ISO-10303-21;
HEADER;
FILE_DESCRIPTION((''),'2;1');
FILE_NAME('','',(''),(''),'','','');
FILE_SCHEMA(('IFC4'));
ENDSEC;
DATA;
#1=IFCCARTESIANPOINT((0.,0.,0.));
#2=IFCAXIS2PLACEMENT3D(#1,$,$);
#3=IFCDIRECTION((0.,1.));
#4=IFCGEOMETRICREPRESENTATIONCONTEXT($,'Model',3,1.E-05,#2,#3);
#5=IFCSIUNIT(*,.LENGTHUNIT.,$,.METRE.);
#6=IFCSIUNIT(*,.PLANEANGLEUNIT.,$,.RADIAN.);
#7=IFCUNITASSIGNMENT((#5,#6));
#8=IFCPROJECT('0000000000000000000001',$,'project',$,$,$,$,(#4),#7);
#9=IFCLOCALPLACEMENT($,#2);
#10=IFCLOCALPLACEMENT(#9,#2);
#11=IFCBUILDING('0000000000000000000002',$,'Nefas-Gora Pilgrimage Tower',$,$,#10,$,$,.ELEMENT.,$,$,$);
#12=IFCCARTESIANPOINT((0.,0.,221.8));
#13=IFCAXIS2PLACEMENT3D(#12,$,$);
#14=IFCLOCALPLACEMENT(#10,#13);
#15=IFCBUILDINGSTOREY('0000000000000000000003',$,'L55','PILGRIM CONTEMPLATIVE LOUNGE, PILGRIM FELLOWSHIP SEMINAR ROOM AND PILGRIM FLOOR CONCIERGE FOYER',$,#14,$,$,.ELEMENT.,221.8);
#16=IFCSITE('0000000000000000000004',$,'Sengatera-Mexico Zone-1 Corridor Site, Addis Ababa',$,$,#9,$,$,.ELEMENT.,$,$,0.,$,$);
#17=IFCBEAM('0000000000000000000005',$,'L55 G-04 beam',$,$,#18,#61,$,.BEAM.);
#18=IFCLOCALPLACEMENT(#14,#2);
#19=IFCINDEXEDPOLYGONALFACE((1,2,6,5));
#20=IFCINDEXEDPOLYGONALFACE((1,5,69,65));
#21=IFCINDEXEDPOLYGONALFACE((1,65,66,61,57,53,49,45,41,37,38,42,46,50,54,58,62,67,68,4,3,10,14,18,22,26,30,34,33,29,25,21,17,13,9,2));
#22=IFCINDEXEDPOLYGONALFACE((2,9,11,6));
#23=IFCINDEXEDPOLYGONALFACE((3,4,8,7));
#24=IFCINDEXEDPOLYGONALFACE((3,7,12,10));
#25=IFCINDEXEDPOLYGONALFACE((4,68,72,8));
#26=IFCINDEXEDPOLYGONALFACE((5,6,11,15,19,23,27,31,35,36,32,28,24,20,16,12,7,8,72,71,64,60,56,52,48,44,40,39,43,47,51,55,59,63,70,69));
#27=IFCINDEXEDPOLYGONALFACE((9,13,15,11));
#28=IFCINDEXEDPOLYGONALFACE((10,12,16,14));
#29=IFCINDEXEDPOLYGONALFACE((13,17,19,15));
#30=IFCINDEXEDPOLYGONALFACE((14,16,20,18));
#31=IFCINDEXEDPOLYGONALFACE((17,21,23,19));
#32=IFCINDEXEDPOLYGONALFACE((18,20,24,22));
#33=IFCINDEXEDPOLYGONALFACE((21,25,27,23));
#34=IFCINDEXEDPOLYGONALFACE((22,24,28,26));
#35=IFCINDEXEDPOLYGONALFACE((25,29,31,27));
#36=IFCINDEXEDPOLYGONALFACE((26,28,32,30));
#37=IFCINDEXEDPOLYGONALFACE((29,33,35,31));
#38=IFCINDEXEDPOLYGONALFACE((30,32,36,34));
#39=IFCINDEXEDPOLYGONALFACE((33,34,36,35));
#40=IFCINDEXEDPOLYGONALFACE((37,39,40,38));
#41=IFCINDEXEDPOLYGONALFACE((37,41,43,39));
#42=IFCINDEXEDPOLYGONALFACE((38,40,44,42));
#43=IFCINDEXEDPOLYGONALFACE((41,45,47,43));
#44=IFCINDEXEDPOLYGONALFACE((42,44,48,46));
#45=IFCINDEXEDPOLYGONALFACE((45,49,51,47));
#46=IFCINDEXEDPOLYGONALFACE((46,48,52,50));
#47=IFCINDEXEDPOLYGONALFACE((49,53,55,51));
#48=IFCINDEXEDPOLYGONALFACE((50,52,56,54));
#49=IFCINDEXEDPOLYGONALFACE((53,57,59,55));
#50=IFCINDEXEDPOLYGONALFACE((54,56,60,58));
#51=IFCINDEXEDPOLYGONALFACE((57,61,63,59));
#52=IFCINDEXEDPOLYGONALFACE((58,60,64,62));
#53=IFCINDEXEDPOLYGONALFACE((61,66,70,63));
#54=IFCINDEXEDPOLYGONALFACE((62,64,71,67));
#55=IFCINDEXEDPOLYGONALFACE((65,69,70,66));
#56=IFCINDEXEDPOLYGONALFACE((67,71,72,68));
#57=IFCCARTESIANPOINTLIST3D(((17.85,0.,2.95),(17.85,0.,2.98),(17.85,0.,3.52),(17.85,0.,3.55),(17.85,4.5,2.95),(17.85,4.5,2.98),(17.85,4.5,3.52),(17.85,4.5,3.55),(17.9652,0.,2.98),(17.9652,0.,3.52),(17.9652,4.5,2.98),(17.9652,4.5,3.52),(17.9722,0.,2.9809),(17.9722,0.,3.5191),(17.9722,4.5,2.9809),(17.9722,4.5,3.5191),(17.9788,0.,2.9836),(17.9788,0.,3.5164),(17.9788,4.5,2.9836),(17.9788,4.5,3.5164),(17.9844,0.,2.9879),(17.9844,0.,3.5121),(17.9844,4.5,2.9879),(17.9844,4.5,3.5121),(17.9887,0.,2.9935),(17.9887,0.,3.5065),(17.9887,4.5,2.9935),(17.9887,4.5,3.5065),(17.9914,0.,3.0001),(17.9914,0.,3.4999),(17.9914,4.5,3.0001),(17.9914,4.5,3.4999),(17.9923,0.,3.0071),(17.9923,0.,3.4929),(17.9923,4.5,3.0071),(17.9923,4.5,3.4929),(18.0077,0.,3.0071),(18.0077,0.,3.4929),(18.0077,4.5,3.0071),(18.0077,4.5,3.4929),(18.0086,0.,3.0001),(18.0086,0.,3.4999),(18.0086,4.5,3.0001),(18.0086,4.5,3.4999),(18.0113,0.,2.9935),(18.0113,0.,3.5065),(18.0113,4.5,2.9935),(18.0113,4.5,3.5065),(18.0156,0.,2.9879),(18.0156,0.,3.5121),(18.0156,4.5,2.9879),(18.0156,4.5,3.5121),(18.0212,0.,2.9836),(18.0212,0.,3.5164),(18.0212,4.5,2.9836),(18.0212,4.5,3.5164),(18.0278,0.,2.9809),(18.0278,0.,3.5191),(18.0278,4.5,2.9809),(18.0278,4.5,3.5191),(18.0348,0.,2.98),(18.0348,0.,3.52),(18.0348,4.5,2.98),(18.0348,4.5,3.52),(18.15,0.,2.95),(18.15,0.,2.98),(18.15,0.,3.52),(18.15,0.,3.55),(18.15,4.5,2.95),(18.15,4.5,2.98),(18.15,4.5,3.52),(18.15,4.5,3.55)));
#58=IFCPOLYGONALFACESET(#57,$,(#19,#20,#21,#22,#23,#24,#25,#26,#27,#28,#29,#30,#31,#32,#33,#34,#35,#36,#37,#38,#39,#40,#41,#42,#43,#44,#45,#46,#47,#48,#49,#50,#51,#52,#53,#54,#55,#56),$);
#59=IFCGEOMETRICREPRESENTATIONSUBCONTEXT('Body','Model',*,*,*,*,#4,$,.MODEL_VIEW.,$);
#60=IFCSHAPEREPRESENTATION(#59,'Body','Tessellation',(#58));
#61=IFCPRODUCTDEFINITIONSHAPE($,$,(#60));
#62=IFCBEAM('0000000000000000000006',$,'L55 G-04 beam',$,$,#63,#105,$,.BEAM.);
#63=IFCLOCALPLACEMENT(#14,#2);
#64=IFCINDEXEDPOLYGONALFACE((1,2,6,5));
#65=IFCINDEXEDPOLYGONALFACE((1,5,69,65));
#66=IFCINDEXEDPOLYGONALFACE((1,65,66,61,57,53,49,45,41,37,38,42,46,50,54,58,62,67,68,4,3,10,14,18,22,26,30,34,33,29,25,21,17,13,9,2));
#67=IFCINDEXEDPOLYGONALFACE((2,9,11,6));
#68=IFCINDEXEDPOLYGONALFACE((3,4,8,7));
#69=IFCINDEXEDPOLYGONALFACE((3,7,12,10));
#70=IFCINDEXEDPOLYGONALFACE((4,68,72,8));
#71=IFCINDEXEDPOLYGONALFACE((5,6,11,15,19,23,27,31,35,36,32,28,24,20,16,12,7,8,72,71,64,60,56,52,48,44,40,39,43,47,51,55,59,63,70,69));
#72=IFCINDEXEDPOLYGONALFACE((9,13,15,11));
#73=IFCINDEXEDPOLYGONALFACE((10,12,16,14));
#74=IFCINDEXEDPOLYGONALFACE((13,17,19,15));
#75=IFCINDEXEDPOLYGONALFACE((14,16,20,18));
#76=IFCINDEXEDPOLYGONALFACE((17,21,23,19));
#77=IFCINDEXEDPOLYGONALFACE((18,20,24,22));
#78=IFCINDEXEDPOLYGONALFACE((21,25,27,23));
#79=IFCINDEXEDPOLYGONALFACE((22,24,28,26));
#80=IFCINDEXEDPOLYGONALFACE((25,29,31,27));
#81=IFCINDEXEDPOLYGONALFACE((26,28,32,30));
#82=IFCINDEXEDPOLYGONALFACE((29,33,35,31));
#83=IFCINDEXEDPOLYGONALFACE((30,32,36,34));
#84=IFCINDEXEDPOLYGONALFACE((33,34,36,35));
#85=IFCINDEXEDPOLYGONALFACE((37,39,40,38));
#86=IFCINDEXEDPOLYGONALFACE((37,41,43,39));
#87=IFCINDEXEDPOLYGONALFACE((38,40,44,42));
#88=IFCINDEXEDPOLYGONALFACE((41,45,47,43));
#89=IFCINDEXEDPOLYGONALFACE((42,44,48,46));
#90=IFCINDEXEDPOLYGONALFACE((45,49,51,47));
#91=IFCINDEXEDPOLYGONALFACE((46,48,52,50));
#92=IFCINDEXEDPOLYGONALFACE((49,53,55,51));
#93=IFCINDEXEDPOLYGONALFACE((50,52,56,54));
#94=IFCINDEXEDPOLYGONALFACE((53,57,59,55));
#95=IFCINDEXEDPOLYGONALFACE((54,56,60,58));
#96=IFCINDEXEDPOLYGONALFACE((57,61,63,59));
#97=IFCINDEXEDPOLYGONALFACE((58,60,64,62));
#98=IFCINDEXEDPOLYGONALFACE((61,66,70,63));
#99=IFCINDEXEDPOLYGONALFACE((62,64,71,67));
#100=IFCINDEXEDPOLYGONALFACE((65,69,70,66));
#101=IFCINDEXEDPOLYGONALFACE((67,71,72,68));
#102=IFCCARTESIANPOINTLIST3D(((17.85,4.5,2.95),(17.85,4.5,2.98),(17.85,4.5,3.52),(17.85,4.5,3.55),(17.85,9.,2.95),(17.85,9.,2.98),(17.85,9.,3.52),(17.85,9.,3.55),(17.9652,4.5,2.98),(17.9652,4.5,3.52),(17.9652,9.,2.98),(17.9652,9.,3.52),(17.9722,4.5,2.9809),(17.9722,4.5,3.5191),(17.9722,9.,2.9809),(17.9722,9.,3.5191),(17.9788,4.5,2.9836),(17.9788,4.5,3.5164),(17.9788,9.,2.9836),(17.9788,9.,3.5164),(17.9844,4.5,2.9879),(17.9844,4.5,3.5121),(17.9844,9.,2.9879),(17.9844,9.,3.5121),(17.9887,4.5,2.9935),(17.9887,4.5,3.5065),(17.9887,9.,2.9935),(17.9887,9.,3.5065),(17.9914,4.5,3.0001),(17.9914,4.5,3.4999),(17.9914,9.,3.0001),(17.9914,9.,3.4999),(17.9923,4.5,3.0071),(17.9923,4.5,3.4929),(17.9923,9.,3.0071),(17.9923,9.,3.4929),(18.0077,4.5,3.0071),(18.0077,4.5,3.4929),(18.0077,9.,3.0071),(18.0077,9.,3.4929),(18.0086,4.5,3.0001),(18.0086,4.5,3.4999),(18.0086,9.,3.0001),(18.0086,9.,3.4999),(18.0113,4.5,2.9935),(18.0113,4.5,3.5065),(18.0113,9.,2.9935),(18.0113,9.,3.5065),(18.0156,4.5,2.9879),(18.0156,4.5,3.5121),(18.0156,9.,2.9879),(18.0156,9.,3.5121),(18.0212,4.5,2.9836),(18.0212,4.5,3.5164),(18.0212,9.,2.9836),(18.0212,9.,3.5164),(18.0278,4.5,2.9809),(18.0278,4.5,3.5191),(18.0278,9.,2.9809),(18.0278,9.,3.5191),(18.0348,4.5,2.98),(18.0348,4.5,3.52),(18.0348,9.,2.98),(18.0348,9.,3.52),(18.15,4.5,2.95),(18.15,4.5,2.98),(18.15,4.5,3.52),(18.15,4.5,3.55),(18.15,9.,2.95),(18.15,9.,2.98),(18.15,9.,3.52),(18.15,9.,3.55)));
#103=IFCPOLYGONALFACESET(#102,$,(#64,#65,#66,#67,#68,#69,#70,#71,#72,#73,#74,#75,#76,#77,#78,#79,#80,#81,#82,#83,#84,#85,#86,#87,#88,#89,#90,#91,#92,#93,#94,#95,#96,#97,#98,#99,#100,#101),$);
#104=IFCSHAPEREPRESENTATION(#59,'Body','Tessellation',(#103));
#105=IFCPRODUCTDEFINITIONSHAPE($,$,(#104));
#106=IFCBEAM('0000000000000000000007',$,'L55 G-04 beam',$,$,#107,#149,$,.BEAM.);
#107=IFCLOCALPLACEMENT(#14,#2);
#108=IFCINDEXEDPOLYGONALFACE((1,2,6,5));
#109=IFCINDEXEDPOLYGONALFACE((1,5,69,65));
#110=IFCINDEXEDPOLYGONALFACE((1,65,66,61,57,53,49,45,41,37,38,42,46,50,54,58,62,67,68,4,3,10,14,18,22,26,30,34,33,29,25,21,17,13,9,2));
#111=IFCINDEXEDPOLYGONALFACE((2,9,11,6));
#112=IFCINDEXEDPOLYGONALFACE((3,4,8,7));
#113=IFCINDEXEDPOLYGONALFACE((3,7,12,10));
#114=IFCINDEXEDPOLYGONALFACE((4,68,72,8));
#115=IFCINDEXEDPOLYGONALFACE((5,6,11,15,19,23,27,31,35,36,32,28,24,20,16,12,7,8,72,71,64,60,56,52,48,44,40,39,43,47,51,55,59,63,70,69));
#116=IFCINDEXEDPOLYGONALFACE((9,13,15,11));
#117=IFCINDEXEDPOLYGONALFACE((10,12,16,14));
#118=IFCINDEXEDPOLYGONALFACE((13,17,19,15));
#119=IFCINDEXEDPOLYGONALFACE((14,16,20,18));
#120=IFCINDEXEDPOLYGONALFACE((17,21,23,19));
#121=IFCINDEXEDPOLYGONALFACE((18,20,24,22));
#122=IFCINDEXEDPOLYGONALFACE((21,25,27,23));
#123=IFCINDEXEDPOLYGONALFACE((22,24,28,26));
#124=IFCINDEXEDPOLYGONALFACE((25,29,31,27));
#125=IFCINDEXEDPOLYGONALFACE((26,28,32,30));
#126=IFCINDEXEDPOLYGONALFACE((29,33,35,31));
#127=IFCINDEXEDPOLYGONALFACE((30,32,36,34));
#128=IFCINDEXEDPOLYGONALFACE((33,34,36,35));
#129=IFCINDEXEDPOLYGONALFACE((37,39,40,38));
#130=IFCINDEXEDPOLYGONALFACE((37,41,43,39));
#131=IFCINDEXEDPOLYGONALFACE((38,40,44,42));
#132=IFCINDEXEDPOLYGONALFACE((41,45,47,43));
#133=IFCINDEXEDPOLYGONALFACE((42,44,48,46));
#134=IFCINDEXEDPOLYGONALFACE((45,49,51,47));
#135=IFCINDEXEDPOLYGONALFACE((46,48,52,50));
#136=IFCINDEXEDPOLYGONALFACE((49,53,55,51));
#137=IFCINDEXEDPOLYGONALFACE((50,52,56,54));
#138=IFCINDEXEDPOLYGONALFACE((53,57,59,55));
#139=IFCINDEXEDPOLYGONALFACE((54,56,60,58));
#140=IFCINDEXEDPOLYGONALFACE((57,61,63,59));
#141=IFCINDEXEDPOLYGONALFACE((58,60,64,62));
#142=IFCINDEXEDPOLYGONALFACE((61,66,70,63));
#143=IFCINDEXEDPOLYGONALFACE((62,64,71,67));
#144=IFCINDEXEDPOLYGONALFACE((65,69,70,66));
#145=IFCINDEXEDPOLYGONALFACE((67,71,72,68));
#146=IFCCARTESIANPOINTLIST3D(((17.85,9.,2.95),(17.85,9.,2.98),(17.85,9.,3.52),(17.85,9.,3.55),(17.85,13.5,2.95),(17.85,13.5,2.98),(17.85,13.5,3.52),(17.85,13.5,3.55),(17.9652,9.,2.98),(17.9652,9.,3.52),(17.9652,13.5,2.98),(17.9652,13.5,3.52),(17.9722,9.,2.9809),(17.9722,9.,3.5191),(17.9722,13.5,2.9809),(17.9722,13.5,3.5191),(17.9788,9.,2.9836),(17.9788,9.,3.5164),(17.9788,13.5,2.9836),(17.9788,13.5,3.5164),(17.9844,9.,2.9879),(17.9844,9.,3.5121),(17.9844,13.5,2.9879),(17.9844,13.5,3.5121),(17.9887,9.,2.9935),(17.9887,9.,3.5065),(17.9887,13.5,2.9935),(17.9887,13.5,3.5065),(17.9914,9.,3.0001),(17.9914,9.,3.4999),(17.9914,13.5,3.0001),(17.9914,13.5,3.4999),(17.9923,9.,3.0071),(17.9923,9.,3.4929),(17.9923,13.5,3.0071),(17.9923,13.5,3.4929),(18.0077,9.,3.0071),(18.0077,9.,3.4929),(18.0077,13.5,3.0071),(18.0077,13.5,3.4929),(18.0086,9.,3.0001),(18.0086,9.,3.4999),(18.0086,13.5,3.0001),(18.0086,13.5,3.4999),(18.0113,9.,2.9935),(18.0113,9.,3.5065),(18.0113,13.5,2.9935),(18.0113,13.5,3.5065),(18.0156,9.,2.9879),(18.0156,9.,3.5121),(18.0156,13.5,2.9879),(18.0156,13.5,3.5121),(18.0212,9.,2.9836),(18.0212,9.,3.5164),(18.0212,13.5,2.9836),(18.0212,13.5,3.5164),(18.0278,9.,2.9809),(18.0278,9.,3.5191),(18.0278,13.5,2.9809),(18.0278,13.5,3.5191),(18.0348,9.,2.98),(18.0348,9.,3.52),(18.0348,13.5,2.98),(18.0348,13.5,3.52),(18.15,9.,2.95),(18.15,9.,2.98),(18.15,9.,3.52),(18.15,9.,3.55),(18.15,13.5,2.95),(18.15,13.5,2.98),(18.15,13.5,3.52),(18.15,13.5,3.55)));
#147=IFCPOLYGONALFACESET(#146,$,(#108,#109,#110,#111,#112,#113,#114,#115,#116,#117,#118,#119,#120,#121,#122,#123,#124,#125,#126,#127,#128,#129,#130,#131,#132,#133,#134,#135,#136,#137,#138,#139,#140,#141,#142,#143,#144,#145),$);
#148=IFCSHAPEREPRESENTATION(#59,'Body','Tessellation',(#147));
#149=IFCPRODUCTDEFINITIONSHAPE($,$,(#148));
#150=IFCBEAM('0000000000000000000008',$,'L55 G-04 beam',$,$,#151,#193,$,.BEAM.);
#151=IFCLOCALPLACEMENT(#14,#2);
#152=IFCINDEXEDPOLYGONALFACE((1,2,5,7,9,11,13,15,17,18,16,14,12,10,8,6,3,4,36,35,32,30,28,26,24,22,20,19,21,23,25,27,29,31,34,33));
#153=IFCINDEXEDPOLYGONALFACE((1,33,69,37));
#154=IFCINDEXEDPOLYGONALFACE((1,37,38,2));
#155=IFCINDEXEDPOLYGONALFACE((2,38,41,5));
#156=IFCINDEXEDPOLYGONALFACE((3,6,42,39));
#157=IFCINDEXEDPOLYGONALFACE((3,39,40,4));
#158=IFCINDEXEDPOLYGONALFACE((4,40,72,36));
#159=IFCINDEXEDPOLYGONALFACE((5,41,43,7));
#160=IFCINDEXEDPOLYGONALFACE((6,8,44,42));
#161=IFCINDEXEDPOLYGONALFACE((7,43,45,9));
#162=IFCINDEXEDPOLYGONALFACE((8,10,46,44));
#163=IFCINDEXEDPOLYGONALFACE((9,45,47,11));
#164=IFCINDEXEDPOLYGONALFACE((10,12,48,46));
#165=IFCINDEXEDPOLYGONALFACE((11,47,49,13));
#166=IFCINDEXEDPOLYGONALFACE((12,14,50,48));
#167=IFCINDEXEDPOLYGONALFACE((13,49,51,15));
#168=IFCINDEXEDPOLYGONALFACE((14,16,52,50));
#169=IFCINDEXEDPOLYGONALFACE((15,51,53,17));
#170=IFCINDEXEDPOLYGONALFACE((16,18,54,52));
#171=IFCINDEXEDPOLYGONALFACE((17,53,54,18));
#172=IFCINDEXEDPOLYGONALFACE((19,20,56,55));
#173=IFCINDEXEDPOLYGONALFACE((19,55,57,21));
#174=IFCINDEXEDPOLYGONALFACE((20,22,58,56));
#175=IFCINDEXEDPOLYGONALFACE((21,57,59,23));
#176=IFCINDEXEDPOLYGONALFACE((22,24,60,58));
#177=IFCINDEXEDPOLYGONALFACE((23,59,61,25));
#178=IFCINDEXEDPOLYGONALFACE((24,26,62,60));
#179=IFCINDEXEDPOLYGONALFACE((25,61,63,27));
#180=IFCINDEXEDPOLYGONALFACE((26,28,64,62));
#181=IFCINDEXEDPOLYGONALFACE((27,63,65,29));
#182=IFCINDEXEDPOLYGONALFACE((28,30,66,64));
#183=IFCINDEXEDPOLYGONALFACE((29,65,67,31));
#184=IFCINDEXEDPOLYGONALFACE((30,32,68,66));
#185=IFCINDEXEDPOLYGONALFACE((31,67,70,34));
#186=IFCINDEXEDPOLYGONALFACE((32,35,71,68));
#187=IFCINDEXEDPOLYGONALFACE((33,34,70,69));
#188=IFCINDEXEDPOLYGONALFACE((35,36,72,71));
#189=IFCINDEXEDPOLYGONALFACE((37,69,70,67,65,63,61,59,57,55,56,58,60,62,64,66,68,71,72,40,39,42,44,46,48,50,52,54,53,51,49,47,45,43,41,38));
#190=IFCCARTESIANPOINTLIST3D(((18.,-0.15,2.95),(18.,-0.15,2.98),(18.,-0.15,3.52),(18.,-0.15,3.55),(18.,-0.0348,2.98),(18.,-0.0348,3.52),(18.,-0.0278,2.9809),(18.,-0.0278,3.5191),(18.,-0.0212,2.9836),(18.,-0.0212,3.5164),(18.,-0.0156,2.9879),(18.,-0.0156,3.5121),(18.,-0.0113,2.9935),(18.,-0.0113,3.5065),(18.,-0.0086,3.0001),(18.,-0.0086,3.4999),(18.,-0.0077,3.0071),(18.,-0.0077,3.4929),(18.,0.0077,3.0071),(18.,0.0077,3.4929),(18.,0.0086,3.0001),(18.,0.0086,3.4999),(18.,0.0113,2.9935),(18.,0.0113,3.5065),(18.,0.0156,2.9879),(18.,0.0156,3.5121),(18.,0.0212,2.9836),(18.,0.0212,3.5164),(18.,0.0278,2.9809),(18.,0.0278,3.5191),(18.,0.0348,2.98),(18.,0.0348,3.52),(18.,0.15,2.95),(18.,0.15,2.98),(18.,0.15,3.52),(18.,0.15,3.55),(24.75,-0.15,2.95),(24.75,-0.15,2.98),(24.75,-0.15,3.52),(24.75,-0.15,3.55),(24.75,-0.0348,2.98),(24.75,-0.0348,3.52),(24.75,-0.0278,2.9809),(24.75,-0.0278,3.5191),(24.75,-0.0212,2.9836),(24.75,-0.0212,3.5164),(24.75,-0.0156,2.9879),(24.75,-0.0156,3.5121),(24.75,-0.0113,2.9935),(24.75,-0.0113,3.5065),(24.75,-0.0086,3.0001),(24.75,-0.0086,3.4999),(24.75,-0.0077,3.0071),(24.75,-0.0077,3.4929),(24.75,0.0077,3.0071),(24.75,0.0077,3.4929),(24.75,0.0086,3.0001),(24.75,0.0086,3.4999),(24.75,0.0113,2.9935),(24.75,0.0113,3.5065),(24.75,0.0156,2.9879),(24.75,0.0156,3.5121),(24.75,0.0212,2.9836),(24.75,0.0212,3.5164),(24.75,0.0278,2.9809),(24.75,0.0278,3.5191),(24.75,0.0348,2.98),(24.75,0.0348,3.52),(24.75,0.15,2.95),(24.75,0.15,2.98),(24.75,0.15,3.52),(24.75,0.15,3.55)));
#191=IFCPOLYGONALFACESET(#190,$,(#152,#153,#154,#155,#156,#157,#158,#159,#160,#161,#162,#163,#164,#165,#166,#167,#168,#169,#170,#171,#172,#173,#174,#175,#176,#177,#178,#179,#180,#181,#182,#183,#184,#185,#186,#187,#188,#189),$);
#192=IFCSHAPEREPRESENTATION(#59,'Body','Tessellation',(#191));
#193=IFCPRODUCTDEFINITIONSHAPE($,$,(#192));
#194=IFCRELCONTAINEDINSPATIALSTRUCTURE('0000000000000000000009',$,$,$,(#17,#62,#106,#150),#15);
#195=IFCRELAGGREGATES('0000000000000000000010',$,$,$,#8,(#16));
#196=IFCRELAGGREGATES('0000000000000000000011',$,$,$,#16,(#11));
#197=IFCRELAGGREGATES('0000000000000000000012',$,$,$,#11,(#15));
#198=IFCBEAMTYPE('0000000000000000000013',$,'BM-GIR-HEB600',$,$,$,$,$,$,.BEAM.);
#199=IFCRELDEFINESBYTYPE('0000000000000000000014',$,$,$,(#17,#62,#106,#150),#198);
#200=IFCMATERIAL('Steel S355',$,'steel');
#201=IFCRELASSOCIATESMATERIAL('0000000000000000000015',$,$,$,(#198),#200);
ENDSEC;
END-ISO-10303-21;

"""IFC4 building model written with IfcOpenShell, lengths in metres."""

from ifc_helpers import new_model, si_unit, direction, frame, origin, origin_2d, place, context, subcontext, project, spatial, i_section, extrude, source, transform, mapped, material, material_profile, profile_set, type_object, element, save


model = new_model("IFC4")

# Units and contexts
model_context = context("Model", 3, precision=1e-05, world=origin(), true_north=direction((0.0, 1.0)))
body_context = subcontext(model_context, "Body", "Model", "MODEL_VIEW")
ifc_project = project(units=[si_unit("LENGTHUNIT", "METRE"), si_unit("PLANEANGLEUNIT", "RADIAN")], contexts=[model_context])

# Site, building, storey
site_placement = place(None, origin())
site = spatial("IfcSite", under=ifc_project, at=site_placement, Name="Sengatera-Mexico Zone-1 Corridor Site, Addis Ababa", CompositionType="ELEMENT", RefElevation=0.0)
building_placement = place(site_placement, origin())
building = spatial("IfcBuilding", under=site, at=building_placement, Name="Nefas-Gora Pilgrimage Tower", CompositionType="ELEMENT")
storey_placement = place(building_placement, frame((0.0, 0.0, 221.8)))
storey = spatial("IfcBuildingStorey", under=building, at=storey_placement, Name="L55", Description="PILGRIM CONTEMPLATIVE LOUNGE, PILGRIM FELLOWSHIP SEMINAR ROOM AND PILGRIM FLOOR CONCIERGE FOYER", CompositionType="ELEMENT", Elevation=221.8)

# Beams
ifc_material_1 = material(Name="Steel S355", Category="steel")
ifc_material_profile_1 = material_profile(ifc_material_1, i_section(OverallWidth=0.3, OverallDepth=0.6001, WebThickness=0.0154, FlangeThickness=0.03, FilletRadius=0.0271, at=origin_2d()), Name="HEB 600")
ifc_profile_set_1 = profile_set([ifc_material_profile_1], Name="Steel S355")
beam_type_1 = type_object("IfcBeamType", Name="BM-GIR-HEB600", PredefinedType="BEAM", material=ifc_profile_set_1)
shared_shape_1 = source(origin(), body_context, "Body", "SweptSolid", [
    extrude(i_section(OverallWidth=0.3, OverallDepth=0.6001, WebThickness=0.0154, FlangeThickness=0.03, FilletRadius=0.0271, at=origin_2d()), origin(), (0.0, 0.0, 1.0), 4.5),
])
for number, where, z_axis, x_axis, name in (
    (1, (18.0, 0.0, 3.25), (0.0, 1.0, 0.0), (-1.0, 0.0, 0.0), "L55 G-04 beam"),
    (2, (18.0, 4.5, 3.25), (0.0, 1.0, 0.0), (-1.0, 0.0, 0.0), "L55 G-04 beam"),
    (3, (18.0, 9.0, 3.25), (0.0, 1.0, 0.0), (-1.0, 0.0, 0.0), "L55 G-04 beam"),
):
    element("IfcBeam", number, at=place(storey_placement, frame(where, z_axis=z_axis, x_axis=x_axis)), inside=storey, type_object=beam_type_1, Name=name, PredefinedType="BEAM", context=body_context, shape_type="MappedRepresentation", body=[
        mapped(shared_shape_1, transform((0.0, 0.0, 0.0), x_axis=(1.0, 0.0, 0.0), y_axis=(0.0, 1.0, 0.0), z_axis=(0.0, 0.0, 1.0), scale=1.0)),
    ])
shared_shape_2 = source(origin(), body_context, "Body", "SweptSolid", [
    extrude(i_section(OverallWidth=0.3, OverallDepth=0.6001, WebThickness=0.0154, FlangeThickness=0.03, FilletRadius=0.0271, at=origin_2d()), origin(), (0.0, 0.0, 1.0), 6.75),
])
for number, where, z_axis, x_axis, name in (
    (4, (18.0, 0.0, 3.25), (1.0, 0.0, 0.0), (0.0, 1.0, 0.0), "L55 G-04 beam"),
):
    element("IfcBeam", number, at=place(storey_placement, frame(where, z_axis=z_axis, x_axis=x_axis)), inside=storey, type_object=beam_type_1, Name=name, PredefinedType="BEAM", context=body_context, shape_type="MappedRepresentation", body=[
        mapped(shared_shape_2, transform((0.0, 0.0, 0.0), x_axis=(1.0, 0.0, 0.0), y_axis=(0.0, 1.0, 0.0), z_axis=(0.0, 0.0, 1.0), scale=1.0)),
    ])

save(model, "model.ifc")
